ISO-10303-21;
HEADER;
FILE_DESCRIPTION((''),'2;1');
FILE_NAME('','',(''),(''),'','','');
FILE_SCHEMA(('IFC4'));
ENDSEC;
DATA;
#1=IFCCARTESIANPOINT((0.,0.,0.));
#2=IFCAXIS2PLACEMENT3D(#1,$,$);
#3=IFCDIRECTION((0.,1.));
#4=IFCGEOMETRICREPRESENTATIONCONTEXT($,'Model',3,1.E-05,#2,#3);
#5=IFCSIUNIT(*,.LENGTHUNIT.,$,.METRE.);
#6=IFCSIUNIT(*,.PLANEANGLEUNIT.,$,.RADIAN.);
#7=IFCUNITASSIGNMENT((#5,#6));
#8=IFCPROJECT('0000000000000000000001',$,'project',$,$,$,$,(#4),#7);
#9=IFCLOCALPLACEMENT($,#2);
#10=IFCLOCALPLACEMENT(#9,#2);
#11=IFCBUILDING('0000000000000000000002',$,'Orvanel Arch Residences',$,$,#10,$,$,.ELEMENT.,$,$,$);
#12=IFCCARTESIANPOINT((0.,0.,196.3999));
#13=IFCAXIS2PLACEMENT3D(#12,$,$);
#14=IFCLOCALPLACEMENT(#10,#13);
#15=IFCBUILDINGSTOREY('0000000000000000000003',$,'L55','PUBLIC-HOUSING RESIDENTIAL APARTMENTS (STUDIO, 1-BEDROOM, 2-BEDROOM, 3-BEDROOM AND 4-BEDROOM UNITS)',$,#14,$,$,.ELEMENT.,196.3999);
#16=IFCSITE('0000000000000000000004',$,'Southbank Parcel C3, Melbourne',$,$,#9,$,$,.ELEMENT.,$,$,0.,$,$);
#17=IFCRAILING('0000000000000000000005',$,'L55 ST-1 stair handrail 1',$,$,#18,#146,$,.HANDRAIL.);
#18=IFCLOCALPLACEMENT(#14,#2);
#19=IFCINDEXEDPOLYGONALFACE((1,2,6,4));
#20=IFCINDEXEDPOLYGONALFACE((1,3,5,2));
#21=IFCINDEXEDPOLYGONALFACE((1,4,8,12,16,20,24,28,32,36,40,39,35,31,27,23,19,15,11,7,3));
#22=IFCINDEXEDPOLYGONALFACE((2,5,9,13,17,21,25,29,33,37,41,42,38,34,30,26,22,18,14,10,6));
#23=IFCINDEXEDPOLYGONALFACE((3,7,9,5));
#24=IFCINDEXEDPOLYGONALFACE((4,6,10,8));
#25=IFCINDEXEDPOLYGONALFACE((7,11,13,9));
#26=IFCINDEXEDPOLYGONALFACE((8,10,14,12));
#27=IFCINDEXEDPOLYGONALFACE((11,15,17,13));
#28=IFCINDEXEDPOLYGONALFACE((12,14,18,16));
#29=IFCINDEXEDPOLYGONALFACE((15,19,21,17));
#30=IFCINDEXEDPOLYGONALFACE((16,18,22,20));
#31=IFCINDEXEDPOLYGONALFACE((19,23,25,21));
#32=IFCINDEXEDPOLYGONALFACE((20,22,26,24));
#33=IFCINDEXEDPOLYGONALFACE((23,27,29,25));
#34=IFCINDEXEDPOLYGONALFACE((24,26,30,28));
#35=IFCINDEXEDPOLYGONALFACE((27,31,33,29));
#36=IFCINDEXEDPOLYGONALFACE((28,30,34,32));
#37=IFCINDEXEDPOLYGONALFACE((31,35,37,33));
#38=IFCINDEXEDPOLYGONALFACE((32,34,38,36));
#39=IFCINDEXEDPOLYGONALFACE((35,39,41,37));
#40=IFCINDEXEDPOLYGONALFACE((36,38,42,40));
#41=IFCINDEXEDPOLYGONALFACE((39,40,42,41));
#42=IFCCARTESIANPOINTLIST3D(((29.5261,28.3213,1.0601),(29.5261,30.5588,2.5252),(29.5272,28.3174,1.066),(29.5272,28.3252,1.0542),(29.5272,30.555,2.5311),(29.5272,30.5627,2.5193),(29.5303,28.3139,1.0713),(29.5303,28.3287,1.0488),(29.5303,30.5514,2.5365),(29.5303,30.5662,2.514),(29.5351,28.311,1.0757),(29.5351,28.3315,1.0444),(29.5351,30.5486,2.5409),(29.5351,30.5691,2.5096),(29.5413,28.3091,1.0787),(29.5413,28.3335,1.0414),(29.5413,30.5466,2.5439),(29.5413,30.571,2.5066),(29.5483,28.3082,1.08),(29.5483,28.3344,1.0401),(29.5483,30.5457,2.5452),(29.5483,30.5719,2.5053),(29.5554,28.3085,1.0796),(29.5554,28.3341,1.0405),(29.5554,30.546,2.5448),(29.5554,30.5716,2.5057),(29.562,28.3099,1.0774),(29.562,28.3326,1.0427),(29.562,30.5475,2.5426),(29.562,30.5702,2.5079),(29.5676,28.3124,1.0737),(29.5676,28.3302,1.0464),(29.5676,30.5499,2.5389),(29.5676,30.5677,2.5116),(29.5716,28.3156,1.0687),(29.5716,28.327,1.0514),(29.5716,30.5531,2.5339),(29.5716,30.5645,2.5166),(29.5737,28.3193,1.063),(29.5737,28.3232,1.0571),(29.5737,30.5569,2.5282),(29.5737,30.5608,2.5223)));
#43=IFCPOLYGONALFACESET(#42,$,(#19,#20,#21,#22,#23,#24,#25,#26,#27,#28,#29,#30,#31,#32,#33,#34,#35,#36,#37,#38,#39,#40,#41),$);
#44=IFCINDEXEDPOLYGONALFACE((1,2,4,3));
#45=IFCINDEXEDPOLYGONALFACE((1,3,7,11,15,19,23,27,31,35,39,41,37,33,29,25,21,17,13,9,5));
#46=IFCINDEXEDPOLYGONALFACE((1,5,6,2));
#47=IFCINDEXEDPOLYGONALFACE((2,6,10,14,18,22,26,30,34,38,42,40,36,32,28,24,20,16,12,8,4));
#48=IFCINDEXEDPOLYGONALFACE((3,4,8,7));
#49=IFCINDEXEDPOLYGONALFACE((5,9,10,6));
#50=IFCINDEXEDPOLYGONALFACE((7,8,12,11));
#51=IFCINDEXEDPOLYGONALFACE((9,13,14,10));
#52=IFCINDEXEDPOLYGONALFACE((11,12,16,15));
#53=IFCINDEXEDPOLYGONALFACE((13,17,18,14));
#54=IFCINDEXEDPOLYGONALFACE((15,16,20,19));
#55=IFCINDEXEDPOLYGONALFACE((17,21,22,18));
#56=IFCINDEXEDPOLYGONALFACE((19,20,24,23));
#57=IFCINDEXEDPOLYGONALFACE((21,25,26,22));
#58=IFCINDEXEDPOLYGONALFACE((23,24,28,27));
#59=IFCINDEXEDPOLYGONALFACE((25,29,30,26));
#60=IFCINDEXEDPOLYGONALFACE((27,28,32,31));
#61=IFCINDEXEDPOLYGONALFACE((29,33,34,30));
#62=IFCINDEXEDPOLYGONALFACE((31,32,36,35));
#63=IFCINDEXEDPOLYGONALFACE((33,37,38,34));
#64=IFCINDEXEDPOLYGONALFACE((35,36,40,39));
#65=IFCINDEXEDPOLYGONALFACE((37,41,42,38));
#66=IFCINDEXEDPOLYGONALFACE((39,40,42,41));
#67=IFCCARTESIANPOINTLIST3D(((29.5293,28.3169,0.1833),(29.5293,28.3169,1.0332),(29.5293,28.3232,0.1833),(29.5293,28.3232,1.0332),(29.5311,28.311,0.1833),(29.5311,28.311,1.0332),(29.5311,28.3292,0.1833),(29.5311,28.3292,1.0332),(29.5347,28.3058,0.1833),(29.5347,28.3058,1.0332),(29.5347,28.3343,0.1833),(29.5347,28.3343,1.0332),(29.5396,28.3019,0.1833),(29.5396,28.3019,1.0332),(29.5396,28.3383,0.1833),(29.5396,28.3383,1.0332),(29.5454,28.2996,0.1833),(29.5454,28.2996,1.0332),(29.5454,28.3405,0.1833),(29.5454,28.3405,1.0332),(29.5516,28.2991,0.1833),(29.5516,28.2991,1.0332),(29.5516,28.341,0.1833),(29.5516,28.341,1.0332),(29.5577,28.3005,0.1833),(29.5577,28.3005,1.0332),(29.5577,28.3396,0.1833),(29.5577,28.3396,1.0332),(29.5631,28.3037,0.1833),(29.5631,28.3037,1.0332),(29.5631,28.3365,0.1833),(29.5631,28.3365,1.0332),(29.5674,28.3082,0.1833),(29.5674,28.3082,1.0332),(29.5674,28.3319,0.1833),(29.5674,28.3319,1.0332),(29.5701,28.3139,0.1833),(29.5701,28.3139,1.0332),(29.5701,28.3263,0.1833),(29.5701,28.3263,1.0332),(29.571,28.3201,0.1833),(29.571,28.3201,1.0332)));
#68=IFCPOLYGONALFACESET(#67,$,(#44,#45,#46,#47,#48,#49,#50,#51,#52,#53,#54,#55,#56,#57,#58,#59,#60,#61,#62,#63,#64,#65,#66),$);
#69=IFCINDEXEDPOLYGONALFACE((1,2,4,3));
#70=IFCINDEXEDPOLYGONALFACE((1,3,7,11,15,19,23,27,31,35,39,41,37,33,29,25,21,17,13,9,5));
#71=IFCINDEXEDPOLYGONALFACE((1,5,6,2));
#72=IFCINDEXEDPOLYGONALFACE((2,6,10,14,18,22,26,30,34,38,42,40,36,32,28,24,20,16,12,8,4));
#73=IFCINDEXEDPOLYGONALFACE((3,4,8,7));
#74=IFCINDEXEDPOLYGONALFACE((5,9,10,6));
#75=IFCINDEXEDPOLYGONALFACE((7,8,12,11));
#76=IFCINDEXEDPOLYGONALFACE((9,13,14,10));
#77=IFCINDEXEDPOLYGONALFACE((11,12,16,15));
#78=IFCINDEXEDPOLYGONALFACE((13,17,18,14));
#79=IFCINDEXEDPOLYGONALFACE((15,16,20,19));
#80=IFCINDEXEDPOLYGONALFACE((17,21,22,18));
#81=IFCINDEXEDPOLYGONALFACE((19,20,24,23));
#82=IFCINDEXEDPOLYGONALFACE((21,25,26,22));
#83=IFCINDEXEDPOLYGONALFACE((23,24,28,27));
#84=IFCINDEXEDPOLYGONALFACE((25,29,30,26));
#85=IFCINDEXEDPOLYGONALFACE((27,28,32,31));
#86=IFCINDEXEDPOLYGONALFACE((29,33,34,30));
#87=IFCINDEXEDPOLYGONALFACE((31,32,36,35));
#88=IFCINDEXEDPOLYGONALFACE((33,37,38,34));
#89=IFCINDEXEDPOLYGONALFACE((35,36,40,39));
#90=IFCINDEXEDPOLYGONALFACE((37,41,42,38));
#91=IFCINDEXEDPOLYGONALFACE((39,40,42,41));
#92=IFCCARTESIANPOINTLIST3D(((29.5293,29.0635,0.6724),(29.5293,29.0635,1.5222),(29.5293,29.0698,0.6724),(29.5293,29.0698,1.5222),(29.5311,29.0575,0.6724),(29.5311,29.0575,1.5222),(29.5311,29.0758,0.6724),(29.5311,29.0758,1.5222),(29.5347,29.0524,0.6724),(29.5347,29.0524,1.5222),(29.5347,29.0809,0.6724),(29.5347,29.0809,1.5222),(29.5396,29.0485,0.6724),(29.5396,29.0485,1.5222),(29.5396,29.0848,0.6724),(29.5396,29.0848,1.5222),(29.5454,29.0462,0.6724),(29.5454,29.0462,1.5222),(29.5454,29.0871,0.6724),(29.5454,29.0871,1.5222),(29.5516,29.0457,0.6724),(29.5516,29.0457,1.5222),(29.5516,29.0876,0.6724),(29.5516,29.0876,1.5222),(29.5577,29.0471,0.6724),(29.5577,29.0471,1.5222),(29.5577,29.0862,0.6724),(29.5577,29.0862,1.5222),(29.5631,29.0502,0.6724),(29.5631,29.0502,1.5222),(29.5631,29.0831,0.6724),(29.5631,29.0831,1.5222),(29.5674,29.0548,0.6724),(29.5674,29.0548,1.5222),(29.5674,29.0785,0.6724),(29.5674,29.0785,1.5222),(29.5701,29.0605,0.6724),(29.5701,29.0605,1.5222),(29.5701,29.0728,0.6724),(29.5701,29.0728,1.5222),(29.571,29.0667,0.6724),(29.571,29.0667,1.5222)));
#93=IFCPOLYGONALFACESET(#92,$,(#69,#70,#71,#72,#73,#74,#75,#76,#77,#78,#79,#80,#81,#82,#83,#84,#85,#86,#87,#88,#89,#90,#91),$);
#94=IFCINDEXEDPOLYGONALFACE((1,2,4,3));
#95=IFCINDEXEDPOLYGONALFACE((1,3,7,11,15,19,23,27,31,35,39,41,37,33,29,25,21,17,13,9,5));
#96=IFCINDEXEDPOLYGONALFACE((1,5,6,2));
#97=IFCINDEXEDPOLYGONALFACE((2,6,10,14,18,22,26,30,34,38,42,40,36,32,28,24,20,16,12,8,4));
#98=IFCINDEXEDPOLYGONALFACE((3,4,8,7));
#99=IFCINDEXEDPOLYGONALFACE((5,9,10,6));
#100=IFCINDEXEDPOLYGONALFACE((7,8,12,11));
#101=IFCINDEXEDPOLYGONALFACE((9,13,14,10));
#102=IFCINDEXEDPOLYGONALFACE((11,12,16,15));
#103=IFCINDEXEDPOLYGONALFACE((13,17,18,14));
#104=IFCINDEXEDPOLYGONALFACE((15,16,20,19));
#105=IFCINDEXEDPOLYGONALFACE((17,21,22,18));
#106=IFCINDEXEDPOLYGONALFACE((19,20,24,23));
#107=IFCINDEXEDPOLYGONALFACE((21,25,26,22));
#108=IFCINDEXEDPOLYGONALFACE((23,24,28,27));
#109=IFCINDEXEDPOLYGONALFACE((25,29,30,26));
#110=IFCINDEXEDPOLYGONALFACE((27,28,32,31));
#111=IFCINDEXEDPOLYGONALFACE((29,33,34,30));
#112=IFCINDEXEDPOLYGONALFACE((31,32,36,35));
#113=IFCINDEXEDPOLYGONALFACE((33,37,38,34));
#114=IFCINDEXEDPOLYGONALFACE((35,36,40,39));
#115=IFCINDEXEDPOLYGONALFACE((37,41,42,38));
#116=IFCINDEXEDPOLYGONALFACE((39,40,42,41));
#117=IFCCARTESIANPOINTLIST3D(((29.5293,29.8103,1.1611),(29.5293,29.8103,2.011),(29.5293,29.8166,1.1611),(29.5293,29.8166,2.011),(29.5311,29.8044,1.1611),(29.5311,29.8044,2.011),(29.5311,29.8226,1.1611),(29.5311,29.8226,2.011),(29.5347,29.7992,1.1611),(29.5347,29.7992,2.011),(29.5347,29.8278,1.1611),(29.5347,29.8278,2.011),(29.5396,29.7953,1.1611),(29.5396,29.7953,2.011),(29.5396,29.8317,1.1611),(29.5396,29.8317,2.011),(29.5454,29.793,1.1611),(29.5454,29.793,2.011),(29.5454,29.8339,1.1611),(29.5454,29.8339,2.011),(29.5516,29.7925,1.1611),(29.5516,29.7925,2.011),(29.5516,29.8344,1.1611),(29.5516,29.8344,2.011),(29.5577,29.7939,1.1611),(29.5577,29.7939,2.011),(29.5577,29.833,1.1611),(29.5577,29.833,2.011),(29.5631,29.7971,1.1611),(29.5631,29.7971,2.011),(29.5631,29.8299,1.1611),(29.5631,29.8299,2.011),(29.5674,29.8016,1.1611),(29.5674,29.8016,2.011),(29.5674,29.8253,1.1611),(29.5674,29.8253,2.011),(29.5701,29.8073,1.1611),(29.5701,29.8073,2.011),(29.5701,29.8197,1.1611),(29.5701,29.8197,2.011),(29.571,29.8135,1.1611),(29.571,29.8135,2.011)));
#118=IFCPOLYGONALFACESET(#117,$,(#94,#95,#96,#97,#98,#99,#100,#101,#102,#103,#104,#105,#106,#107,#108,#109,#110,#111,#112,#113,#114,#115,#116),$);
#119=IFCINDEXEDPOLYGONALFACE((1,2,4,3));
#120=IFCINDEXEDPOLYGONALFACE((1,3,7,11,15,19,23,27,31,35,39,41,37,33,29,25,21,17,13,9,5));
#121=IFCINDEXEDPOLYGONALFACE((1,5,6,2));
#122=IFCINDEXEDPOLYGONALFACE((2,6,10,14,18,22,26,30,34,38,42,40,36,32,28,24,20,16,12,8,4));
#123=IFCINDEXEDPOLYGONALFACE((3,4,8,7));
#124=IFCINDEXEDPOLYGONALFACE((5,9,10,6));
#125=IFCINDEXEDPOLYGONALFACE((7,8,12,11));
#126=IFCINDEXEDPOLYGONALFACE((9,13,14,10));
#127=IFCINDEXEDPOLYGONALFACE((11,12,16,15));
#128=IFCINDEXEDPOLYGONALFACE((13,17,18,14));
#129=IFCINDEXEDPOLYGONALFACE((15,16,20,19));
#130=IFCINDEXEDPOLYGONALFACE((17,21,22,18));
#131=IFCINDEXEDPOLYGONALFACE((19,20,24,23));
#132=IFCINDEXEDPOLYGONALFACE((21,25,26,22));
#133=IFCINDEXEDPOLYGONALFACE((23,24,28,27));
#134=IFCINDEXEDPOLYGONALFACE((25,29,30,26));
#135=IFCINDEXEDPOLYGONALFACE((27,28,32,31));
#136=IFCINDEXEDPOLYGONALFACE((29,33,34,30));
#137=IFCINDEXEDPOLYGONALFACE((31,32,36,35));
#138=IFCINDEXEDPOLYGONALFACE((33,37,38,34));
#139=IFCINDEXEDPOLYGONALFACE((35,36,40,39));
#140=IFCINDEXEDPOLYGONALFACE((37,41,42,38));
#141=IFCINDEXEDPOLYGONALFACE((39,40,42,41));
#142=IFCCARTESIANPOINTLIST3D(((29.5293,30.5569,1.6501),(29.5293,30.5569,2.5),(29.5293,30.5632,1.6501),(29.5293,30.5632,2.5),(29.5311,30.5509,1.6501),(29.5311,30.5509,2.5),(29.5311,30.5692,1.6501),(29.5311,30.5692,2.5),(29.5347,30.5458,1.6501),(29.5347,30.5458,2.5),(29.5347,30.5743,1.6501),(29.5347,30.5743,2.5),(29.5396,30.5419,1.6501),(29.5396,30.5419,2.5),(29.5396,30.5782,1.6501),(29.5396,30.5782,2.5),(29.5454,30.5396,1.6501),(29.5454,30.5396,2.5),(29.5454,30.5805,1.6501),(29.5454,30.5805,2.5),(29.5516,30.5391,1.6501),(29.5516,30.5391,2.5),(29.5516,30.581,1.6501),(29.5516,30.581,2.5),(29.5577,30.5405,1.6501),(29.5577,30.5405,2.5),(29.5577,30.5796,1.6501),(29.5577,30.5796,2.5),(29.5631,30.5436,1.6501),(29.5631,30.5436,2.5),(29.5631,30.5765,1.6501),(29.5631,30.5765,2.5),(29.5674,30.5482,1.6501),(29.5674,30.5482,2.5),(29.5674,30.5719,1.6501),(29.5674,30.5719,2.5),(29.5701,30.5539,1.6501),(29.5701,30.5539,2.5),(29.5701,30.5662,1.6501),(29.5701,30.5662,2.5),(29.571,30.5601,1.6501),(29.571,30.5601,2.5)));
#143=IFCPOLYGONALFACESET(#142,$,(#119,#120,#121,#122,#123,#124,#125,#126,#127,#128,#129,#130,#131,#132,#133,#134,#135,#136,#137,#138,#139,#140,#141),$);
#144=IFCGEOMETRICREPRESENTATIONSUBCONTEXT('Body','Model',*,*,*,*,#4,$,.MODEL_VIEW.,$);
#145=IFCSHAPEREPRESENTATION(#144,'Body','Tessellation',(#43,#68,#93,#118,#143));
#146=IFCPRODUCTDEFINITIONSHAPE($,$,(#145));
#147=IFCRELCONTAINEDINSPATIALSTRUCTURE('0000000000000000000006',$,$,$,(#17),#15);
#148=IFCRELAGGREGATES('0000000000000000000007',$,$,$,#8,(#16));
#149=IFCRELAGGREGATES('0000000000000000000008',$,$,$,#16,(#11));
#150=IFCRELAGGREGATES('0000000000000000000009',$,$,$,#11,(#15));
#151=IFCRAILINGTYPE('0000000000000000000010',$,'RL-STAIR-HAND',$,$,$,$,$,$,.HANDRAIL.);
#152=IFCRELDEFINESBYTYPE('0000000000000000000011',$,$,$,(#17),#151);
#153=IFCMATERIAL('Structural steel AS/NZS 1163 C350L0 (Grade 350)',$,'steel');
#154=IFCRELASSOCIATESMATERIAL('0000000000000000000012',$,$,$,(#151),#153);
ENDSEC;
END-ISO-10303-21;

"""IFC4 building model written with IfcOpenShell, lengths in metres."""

from ifc_helpers import new_model, si_unit, direction, frame, origin, origin_2d, place, context, subcontext, project, spatial, circle, extrude, material, type_object, element, save


model = new_model("IFC4")

# Units and contexts
model_context = context("Model", 3, precision=1e-05, world=origin(), true_north=direction((0.0, 1.0)))
body_context = subcontext(model_context, "Body", "Model", "MODEL_VIEW")
ifc_project = project(units=[si_unit("LENGTHUNIT", "METRE"), si_unit("PLANEANGLEUNIT", "RADIAN")], contexts=[model_context])

# Site, building, storey
site_placement = place(None, origin())
site = spatial("IfcSite", under=ifc_project, at=site_placement, Name="Southbank Parcel C3, Melbourne", CompositionType="ELEMENT", RefElevation=0.0)
building_placement = place(site_placement, origin())
building = spatial("IfcBuilding", under=site, at=building_placement, Name="Orvanel Arch Residences", CompositionType="ELEMENT")
storey_placement = place(building_placement, frame((0.0, 0.0, 196.3999)))
storey = spatial("IfcBuildingStorey", under=building, at=storey_placement, Name="L55", Description="PUBLIC-HOUSING RESIDENTIAL APARTMENTS (STUDIO, 1-BEDROOM, 2-BEDROOM, 3-BEDROOM AND 4-BEDROOM UNITS)", CompositionType="ELEMENT", Elevation=196.3999)

# Railing
ifc_material_1 = material(Name="Structural steel AS/NZS 1163 C350L0 (Grade 350)", Category="steel")
railing_type_1 = type_object("IfcRailingType", Name="RL-STAIR-HAND", PredefinedType="HANDRAIL", material=ifc_material_1)
railing_1_placement = place(storey_placement, frame((29.55, 28.3201, 0.1833)))
element("IfcRailing", 1, at=railing_1_placement, inside=storey, type_object=railing_type_1, Name="L55 ST-1 stair handrail 1", PredefinedType="HANDRAIL", context=body_context, shape_type="SweptSolid", body=[
    extrude(circle(Radius=0.0239, at=origin_2d()), frame((0.0, 0.0012, 0.8767), z_axis=(0.0, 0.836595, 0.547822), x_axis=(-1.0, 0.0, 0.0)), (0.0, 0.0, 1.0), 2.6746),
    extrude(circle(Radius=0.021, at=origin_2d()), origin(), (0.0, 0.0, 1.0), 0.8499),
    extrude(circle(Radius=0.021, at=origin_2d()), frame((0.0, 0.7466, 0.489)), (0.0, 0.0, 1.0), 0.8499),
    extrude(circle(Radius=0.021, at=origin_2d()), frame((0.0, 1.4934, 0.9778)), (0.0, 0.0, 1.0), 0.8499),
    extrude(circle(Radius=0.021, at=origin_2d()), frame((0.0, 2.24, 1.4668)), (0.0, 0.0, 1.0), 0.8499),
])

save(model, "model.ifc")
